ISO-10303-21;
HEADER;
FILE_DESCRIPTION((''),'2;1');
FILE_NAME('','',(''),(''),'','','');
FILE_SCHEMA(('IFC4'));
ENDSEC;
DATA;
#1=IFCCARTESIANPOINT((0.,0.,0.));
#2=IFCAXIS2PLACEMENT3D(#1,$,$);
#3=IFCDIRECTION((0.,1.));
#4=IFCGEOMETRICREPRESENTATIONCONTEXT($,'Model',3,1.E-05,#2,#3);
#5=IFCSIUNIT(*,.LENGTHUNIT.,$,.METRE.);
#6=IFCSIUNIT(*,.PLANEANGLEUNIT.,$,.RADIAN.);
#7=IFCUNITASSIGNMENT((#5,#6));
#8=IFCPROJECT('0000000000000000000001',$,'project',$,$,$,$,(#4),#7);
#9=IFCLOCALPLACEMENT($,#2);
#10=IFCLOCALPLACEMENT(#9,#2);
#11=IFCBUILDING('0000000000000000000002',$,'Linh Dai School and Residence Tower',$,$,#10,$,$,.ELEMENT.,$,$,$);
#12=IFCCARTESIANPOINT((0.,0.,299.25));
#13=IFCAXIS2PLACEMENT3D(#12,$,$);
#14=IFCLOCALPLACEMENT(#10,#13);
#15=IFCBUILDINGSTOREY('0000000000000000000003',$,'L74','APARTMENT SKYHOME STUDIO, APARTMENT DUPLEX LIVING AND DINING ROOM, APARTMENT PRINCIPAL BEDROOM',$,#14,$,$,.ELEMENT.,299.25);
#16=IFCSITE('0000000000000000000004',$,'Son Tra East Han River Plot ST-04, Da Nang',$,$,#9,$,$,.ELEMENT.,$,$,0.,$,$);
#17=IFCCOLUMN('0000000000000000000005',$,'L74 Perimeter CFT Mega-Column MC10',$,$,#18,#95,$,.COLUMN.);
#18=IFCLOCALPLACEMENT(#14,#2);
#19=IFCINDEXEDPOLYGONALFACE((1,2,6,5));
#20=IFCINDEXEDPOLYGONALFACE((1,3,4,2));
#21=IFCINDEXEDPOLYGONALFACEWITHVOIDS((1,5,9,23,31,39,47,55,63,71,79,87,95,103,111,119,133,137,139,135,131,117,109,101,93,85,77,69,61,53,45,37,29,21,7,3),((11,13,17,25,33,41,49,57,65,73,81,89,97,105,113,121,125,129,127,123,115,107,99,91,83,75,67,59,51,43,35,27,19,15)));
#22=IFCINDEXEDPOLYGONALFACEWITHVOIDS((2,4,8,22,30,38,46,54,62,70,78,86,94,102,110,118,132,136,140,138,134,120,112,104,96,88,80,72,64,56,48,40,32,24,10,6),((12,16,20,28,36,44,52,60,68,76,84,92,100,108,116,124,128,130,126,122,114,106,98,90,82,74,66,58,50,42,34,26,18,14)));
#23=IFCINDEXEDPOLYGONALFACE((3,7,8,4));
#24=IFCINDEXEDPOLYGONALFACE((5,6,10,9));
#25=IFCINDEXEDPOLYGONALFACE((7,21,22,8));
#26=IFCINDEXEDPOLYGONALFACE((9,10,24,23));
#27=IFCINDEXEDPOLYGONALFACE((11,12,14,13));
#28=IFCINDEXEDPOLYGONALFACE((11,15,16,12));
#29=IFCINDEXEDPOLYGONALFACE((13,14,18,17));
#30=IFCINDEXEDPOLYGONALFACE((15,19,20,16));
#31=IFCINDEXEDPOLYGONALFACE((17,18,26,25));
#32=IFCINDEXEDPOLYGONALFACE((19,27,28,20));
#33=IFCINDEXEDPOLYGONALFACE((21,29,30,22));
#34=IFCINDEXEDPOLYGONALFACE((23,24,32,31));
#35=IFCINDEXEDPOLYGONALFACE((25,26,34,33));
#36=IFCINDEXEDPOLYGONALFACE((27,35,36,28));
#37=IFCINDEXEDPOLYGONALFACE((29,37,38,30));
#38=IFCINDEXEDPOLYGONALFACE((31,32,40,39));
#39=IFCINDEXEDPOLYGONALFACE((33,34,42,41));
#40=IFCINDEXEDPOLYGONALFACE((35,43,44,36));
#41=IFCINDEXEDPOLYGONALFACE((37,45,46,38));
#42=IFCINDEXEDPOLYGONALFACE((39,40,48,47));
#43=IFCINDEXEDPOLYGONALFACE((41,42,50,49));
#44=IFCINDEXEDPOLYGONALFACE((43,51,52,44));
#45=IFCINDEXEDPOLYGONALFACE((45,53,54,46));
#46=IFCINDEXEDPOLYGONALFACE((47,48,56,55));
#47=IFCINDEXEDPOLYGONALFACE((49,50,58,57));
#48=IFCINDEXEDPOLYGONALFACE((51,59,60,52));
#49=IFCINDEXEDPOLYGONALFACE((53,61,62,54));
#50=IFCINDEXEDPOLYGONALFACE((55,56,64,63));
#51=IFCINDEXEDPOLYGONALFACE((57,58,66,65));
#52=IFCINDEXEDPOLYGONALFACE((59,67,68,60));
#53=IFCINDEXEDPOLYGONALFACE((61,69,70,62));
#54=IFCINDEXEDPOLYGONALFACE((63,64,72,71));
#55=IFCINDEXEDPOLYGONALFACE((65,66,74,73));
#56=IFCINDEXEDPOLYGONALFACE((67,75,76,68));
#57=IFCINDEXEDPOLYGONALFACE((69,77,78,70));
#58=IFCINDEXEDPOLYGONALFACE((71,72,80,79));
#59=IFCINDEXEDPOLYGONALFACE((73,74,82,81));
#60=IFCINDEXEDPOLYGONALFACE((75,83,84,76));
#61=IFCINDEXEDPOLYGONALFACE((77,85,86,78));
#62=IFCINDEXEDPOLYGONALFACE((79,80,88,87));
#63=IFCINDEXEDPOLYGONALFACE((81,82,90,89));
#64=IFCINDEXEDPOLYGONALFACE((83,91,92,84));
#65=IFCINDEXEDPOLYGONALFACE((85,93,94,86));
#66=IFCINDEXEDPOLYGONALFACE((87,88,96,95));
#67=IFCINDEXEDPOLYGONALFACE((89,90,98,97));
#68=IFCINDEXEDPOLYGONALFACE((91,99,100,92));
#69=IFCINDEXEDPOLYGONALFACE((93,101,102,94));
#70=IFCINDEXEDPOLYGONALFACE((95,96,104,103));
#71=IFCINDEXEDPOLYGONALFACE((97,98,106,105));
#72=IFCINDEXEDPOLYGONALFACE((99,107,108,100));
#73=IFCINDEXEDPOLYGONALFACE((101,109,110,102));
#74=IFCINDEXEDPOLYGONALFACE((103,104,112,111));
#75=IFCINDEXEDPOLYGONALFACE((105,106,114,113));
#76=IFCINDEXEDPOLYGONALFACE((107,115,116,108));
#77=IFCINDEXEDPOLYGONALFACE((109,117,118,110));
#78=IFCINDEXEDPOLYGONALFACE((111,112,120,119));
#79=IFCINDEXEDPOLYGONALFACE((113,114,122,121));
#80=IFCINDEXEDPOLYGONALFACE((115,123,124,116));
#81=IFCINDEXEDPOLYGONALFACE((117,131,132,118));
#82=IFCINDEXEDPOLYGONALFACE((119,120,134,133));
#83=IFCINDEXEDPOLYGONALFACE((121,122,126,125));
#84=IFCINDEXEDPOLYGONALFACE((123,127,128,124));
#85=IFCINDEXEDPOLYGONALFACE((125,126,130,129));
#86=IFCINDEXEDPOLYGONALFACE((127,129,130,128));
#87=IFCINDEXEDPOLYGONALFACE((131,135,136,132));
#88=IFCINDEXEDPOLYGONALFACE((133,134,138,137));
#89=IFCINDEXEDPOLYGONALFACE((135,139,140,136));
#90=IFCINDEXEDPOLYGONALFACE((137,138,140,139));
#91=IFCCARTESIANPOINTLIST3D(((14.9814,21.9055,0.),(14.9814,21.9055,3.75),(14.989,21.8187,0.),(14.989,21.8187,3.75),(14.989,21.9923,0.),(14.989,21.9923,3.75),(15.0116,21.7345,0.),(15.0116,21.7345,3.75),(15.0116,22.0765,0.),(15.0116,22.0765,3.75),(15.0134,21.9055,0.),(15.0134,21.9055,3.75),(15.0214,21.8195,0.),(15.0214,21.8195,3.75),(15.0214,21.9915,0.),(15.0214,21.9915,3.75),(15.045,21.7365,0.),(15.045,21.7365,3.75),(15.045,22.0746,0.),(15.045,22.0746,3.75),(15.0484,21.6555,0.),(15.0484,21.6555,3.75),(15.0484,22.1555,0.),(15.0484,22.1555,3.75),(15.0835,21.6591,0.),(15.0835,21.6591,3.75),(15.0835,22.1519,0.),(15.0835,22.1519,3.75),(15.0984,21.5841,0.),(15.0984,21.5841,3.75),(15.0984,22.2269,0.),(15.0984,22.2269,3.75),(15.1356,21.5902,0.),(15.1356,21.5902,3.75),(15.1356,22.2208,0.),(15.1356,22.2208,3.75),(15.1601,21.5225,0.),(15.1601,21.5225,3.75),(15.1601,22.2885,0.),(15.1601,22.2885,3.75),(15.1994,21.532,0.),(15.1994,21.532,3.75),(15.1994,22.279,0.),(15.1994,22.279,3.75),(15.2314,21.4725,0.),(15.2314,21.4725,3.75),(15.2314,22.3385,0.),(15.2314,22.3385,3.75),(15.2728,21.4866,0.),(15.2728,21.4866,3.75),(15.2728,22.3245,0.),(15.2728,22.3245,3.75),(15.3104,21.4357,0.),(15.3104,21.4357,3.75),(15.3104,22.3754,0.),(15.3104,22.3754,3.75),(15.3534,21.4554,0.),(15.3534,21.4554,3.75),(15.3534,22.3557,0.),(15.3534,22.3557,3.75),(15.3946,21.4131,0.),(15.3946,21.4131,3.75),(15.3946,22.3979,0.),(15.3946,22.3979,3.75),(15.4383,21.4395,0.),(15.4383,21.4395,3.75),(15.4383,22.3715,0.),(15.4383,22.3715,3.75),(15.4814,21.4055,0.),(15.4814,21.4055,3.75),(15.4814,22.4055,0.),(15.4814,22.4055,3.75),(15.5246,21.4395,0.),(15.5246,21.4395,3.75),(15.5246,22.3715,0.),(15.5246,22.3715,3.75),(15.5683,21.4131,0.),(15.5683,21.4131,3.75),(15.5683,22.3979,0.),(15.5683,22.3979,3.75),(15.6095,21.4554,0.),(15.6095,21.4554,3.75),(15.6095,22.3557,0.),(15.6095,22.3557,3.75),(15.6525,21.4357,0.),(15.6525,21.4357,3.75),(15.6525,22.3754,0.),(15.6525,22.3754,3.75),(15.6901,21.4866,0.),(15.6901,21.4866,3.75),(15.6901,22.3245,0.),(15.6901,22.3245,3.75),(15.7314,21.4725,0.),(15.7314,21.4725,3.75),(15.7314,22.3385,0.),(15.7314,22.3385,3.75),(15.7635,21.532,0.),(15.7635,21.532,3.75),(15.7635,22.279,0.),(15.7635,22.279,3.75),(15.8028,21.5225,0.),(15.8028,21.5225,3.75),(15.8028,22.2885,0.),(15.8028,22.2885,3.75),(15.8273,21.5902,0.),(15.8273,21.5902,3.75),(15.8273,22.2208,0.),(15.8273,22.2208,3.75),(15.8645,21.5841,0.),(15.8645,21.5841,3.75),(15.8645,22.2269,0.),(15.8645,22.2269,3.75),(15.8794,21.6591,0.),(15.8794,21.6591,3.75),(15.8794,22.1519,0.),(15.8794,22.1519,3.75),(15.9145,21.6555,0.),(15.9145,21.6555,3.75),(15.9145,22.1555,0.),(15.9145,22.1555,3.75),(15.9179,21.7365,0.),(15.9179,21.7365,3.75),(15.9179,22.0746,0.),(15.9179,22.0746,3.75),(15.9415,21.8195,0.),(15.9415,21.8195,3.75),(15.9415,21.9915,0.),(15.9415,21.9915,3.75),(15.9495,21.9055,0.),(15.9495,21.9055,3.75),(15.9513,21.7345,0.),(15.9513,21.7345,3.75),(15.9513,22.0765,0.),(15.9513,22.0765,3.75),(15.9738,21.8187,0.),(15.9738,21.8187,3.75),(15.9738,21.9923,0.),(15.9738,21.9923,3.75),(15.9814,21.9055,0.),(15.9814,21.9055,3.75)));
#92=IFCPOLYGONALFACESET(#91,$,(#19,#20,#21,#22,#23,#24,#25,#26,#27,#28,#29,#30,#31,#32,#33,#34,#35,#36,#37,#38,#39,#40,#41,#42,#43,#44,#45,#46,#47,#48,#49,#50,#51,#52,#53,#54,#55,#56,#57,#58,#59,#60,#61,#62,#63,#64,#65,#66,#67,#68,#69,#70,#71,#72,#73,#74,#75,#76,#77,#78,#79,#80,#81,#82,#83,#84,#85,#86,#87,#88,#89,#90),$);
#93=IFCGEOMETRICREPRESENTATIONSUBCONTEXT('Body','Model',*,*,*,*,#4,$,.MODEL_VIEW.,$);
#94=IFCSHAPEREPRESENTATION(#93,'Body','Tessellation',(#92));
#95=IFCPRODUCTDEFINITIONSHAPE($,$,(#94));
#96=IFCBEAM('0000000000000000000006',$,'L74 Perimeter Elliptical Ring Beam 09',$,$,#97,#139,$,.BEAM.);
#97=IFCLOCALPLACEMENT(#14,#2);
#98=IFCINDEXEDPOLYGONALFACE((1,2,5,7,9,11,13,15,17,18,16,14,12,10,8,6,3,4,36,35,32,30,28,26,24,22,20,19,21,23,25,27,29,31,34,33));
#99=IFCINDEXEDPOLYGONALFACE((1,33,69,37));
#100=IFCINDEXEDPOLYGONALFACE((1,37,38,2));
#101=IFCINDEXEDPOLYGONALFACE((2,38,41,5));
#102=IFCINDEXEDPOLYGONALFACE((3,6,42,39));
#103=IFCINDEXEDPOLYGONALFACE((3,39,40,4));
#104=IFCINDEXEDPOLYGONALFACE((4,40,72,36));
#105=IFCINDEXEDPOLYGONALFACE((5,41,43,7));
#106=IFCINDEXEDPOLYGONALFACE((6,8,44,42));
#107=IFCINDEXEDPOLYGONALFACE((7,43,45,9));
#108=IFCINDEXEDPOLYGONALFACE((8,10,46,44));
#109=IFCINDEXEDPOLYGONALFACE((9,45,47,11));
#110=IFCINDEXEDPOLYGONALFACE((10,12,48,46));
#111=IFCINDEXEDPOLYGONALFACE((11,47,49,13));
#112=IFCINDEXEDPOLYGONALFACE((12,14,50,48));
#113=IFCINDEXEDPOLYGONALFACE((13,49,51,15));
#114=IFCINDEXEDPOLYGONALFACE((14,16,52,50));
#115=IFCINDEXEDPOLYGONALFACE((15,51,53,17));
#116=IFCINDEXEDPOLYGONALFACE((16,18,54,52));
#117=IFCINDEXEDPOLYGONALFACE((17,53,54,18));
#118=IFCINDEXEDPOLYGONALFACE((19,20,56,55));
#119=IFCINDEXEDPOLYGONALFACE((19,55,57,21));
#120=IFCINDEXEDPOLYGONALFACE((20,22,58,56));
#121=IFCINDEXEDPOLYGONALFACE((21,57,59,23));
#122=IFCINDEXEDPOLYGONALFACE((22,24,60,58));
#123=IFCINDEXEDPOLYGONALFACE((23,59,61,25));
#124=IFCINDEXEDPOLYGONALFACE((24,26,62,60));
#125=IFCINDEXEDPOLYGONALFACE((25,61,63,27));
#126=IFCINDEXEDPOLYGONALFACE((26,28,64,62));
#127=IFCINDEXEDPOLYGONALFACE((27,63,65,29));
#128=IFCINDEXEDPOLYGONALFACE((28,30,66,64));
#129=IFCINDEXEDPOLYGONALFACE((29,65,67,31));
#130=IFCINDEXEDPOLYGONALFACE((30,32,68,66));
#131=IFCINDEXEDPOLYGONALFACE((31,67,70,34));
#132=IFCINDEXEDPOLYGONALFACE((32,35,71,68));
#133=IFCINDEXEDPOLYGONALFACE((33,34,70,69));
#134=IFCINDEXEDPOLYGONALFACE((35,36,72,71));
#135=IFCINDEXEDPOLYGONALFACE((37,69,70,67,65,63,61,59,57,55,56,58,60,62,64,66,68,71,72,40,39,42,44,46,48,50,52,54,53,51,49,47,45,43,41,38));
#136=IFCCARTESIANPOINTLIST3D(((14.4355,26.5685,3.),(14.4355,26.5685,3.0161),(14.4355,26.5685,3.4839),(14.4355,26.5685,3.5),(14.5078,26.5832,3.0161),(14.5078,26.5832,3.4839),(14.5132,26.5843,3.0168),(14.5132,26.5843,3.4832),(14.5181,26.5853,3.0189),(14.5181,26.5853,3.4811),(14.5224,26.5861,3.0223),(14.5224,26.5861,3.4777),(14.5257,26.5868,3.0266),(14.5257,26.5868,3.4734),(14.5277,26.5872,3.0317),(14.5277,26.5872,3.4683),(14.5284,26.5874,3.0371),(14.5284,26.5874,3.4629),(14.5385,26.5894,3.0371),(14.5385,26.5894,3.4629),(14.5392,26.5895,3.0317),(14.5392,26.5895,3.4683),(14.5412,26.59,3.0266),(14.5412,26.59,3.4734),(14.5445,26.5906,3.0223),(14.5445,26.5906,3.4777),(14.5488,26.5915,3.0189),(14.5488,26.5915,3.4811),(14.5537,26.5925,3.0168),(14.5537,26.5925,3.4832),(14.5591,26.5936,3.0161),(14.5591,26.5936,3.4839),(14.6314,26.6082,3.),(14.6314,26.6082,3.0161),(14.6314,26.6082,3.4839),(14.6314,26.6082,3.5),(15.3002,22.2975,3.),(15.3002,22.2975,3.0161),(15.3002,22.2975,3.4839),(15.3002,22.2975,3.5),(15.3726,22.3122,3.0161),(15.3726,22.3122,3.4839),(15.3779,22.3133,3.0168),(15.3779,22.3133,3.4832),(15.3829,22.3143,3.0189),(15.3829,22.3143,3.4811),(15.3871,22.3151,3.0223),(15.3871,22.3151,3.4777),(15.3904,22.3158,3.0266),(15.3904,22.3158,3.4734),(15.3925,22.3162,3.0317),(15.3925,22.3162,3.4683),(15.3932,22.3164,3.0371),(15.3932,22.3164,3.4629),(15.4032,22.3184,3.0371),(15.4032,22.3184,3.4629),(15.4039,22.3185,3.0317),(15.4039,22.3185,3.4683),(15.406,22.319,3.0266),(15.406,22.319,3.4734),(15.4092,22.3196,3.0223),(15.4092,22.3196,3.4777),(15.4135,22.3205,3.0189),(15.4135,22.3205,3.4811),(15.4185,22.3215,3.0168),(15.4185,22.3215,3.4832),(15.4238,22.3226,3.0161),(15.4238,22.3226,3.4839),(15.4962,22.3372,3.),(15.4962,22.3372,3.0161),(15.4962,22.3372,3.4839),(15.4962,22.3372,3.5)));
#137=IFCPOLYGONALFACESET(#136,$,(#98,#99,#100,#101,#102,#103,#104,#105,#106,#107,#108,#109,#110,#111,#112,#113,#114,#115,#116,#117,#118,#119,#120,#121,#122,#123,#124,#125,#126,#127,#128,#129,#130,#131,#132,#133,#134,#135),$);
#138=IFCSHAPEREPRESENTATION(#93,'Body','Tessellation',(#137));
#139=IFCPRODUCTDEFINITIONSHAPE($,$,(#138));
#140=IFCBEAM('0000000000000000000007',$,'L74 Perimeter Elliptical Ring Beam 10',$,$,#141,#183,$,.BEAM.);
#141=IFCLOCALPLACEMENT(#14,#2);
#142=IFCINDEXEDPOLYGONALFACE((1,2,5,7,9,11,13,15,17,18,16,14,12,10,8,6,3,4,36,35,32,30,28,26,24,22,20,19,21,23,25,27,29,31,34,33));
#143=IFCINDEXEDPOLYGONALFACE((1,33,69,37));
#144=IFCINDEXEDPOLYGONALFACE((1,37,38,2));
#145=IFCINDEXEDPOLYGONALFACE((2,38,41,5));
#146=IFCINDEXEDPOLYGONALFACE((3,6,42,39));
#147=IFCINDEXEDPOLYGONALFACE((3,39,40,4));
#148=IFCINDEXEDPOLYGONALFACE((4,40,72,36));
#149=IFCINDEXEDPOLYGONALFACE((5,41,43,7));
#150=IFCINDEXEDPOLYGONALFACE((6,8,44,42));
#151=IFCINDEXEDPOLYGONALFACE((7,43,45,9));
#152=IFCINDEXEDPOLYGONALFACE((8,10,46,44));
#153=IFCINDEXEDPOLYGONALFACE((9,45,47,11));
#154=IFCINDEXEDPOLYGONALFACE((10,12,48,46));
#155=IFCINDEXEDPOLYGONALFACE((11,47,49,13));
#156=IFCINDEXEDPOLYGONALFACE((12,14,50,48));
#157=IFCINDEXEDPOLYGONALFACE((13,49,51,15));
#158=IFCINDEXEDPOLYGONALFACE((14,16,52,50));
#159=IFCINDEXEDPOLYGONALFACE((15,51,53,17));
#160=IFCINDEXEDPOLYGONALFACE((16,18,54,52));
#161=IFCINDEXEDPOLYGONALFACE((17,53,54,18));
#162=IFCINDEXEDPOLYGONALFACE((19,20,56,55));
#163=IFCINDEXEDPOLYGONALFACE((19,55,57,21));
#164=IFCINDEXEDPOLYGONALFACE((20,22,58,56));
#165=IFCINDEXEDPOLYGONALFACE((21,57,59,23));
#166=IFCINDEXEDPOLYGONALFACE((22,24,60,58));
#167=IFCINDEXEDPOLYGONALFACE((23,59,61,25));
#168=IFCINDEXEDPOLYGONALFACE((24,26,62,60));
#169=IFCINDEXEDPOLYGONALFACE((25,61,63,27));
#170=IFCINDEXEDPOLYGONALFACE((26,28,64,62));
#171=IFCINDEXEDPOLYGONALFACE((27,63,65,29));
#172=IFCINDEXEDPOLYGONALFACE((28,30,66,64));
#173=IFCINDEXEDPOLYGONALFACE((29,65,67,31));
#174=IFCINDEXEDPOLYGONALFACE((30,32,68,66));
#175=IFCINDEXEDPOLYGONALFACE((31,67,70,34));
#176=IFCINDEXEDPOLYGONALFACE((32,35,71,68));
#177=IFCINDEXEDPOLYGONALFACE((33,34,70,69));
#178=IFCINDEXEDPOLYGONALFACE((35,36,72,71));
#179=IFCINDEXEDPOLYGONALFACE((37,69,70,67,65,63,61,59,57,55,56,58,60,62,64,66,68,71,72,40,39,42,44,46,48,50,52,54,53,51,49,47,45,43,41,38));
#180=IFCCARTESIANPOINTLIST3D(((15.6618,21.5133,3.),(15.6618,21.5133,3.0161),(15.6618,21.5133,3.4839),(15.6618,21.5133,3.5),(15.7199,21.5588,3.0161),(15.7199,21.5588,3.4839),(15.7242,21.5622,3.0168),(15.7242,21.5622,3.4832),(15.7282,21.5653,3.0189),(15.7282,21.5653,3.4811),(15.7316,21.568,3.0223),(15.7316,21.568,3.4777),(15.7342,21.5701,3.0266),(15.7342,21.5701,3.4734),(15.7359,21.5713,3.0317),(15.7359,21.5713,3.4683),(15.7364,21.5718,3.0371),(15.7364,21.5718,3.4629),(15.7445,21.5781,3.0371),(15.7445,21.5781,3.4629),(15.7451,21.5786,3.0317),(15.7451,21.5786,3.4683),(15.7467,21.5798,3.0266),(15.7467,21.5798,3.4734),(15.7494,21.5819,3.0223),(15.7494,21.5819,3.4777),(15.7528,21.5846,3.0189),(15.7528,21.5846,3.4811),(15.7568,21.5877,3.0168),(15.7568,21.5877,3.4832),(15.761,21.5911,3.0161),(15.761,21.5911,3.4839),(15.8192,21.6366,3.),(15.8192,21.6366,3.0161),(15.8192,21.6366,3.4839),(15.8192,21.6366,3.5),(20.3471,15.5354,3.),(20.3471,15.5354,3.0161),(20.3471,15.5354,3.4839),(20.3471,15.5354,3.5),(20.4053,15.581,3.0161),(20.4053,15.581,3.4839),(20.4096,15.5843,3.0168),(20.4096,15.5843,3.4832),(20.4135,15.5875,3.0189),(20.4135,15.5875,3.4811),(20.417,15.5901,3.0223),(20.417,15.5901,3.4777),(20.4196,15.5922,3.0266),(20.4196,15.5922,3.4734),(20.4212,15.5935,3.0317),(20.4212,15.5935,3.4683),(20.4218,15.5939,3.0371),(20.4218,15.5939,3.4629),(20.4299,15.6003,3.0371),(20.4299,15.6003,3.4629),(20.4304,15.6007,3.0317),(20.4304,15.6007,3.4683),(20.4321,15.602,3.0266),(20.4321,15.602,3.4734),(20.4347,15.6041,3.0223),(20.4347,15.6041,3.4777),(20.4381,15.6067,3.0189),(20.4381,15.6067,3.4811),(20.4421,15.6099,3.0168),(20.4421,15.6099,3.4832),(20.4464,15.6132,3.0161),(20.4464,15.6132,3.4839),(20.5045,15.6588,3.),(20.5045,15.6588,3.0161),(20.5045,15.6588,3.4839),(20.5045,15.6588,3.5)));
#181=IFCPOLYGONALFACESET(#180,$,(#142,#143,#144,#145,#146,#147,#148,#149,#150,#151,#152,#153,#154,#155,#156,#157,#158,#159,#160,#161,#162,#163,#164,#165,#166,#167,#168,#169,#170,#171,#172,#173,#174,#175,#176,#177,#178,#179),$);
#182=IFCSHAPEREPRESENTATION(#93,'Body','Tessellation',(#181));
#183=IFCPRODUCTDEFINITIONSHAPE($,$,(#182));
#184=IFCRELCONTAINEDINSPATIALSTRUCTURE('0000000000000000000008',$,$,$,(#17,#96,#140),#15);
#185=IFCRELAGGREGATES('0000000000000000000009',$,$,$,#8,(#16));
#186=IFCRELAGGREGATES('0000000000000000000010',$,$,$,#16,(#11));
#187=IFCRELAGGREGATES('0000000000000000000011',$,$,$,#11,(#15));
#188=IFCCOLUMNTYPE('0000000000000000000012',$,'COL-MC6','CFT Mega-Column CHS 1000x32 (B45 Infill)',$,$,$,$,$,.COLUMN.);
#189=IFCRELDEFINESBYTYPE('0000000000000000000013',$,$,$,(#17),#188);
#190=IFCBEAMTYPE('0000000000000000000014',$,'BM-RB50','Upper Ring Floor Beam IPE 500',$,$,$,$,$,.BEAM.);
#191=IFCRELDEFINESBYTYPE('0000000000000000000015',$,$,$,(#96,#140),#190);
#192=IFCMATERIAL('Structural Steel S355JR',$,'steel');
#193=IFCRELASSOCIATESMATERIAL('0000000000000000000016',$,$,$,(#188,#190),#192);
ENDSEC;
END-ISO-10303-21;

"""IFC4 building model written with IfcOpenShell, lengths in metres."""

from ifc_helpers import new_model, si_unit, direction, frame, origin, origin_2d, place, context, subcontext, project, spatial, hollow_circle, i_section, extrude, material, material_profile, profile_set, type_object, element, save


model = new_model("IFC4")

# Units and contexts
model_context = context("Model", 3, precision=1e-05, world=origin(), true_north=direction((0.0, 1.0)))
body_context = subcontext(model_context, "Body", "Model", "MODEL_VIEW")
ifc_project = project(units=[si_unit("LENGTHUNIT", "METRE"), si_unit("PLANEANGLEUNIT", "RADIAN")], contexts=[model_context])

# Site, building, storey
site_placement = place(None, origin())
site = spatial("IfcSite", under=ifc_project, at=site_placement, Name="Son Tra East Han River Plot ST-04, Da Nang", CompositionType="ELEMENT", RefElevation=0.0)
building_placement = place(site_placement, origin())
building = spatial("IfcBuilding", under=site, at=building_placement, Name="Linh Dai School and Residence Tower", CompositionType="ELEMENT")
storey_placement = place(building_placement, frame((0.0, 0.0, 299.25)))
storey = spatial("IfcBuildingStorey", under=building, at=storey_placement, Name="L74", Description="APARTMENT SKYHOME STUDIO, APARTMENT DUPLEX LIVING AND DINING ROOM, APARTMENT PRINCIPAL BEDROOM", CompositionType="ELEMENT", Elevation=299.25)

# Column
ifc_material_1 = material(Name="Structural Steel S355JR", Category="steel")
ifc_material_profile_1 = material_profile(ifc_material_1, hollow_circle(Radius=0.5, WallThickness=0.032, at=origin_2d()), Name="CHS 1000x32")
ifc_profile_set_1 = profile_set([ifc_material_profile_1], Name="Structural Steel S355JR")
column_type = type_object("IfcColumnType", Name="COL-MC6", Description="CFT Mega-Column CHS 1000x32 (B45 Infill)", PredefinedType="COLUMN", material=ifc_profile_set_1)
column_placement = place(storey_placement, frame((15.4814, 21.9055, 0.0), z_axis=(0.0, 0.0, 1.0), x_axis=(1.0, 0.0, 0.0)))
element("IfcColumn", 1, at=column_placement, inside=storey, type_object=column_type, Name="L74 Perimeter CFT Mega-Column MC10", PredefinedType="COLUMN", context=body_context, shape_type="SweptSolid", body=[
    extrude(hollow_circle(Radius=0.5, WallThickness=0.032, at=origin_2d()), origin(), (0.0, 0.0, 1.0), 3.75),
])

# Beams
ifc_material_profile_2 = material_profile(ifc_material_1, i_section(OverallWidth=0.2, OverallDepth=0.5, WebThickness=0.0103, FlangeThickness=0.0161, FilletRadius=0.021, at=origin_2d()), Name="IPE 500")
ifc_profile_set_2 = profile_set([ifc_material_profile_2], Name="Structural Steel S355JR")
beam_type_1 = type_object("IfcBeamType", Name="BM-RB50", Description="Upper Ring Floor Beam IPE 500", PredefinedType="BEAM", material=ifc_profile_set_2)
beam_1_placement = place(storey_placement, frame((14.5334, 26.5884, 3.25), z_axis=(0.198443, -0.980112, 0.0), x_axis=(0.980112, 0.198443, 0.0)))
element("IfcBeam", 2, at=beam_1_placement, inside=storey, type_object=beam_type_1, Name="L74 Perimeter Elliptical Ring Beam 09", PredefinedType="BEAM", context=body_context, shape_type="SweptSolid", body=[
    extrude(i_section(OverallWidth=0.2, OverallDepth=0.5, WebThickness=0.0103, FlangeThickness=0.0161, FilletRadius=0.021, at=origin_2d()), origin(), (0.0, 0.0, 1.0), 4.3577),
])
beam_2_placement = place(storey_placement, frame((15.7405, 21.575, 3.25), z_axis=(0.616883, -0.787055, 0.0), x_axis=(0.787055, 0.616883, 0.0)))
element("IfcBeam", 3, at=beam_2_placement, inside=storey, type_object=beam_type_1, Name="L74 Perimeter Elliptical Ring Beam 10", PredefinedType="BEAM", context=body_context, shape_type="SweptSolid", body=[
    extrude(i_section(OverallWidth=0.2, OverallDepth=0.5, WebThickness=0.0103, FlangeThickness=0.0161, FilletRadius=0.021, at=origin_2d()), origin(), (0.0, 0.0, 1.0), 7.5952),
])

save(model, "model.ifc")
